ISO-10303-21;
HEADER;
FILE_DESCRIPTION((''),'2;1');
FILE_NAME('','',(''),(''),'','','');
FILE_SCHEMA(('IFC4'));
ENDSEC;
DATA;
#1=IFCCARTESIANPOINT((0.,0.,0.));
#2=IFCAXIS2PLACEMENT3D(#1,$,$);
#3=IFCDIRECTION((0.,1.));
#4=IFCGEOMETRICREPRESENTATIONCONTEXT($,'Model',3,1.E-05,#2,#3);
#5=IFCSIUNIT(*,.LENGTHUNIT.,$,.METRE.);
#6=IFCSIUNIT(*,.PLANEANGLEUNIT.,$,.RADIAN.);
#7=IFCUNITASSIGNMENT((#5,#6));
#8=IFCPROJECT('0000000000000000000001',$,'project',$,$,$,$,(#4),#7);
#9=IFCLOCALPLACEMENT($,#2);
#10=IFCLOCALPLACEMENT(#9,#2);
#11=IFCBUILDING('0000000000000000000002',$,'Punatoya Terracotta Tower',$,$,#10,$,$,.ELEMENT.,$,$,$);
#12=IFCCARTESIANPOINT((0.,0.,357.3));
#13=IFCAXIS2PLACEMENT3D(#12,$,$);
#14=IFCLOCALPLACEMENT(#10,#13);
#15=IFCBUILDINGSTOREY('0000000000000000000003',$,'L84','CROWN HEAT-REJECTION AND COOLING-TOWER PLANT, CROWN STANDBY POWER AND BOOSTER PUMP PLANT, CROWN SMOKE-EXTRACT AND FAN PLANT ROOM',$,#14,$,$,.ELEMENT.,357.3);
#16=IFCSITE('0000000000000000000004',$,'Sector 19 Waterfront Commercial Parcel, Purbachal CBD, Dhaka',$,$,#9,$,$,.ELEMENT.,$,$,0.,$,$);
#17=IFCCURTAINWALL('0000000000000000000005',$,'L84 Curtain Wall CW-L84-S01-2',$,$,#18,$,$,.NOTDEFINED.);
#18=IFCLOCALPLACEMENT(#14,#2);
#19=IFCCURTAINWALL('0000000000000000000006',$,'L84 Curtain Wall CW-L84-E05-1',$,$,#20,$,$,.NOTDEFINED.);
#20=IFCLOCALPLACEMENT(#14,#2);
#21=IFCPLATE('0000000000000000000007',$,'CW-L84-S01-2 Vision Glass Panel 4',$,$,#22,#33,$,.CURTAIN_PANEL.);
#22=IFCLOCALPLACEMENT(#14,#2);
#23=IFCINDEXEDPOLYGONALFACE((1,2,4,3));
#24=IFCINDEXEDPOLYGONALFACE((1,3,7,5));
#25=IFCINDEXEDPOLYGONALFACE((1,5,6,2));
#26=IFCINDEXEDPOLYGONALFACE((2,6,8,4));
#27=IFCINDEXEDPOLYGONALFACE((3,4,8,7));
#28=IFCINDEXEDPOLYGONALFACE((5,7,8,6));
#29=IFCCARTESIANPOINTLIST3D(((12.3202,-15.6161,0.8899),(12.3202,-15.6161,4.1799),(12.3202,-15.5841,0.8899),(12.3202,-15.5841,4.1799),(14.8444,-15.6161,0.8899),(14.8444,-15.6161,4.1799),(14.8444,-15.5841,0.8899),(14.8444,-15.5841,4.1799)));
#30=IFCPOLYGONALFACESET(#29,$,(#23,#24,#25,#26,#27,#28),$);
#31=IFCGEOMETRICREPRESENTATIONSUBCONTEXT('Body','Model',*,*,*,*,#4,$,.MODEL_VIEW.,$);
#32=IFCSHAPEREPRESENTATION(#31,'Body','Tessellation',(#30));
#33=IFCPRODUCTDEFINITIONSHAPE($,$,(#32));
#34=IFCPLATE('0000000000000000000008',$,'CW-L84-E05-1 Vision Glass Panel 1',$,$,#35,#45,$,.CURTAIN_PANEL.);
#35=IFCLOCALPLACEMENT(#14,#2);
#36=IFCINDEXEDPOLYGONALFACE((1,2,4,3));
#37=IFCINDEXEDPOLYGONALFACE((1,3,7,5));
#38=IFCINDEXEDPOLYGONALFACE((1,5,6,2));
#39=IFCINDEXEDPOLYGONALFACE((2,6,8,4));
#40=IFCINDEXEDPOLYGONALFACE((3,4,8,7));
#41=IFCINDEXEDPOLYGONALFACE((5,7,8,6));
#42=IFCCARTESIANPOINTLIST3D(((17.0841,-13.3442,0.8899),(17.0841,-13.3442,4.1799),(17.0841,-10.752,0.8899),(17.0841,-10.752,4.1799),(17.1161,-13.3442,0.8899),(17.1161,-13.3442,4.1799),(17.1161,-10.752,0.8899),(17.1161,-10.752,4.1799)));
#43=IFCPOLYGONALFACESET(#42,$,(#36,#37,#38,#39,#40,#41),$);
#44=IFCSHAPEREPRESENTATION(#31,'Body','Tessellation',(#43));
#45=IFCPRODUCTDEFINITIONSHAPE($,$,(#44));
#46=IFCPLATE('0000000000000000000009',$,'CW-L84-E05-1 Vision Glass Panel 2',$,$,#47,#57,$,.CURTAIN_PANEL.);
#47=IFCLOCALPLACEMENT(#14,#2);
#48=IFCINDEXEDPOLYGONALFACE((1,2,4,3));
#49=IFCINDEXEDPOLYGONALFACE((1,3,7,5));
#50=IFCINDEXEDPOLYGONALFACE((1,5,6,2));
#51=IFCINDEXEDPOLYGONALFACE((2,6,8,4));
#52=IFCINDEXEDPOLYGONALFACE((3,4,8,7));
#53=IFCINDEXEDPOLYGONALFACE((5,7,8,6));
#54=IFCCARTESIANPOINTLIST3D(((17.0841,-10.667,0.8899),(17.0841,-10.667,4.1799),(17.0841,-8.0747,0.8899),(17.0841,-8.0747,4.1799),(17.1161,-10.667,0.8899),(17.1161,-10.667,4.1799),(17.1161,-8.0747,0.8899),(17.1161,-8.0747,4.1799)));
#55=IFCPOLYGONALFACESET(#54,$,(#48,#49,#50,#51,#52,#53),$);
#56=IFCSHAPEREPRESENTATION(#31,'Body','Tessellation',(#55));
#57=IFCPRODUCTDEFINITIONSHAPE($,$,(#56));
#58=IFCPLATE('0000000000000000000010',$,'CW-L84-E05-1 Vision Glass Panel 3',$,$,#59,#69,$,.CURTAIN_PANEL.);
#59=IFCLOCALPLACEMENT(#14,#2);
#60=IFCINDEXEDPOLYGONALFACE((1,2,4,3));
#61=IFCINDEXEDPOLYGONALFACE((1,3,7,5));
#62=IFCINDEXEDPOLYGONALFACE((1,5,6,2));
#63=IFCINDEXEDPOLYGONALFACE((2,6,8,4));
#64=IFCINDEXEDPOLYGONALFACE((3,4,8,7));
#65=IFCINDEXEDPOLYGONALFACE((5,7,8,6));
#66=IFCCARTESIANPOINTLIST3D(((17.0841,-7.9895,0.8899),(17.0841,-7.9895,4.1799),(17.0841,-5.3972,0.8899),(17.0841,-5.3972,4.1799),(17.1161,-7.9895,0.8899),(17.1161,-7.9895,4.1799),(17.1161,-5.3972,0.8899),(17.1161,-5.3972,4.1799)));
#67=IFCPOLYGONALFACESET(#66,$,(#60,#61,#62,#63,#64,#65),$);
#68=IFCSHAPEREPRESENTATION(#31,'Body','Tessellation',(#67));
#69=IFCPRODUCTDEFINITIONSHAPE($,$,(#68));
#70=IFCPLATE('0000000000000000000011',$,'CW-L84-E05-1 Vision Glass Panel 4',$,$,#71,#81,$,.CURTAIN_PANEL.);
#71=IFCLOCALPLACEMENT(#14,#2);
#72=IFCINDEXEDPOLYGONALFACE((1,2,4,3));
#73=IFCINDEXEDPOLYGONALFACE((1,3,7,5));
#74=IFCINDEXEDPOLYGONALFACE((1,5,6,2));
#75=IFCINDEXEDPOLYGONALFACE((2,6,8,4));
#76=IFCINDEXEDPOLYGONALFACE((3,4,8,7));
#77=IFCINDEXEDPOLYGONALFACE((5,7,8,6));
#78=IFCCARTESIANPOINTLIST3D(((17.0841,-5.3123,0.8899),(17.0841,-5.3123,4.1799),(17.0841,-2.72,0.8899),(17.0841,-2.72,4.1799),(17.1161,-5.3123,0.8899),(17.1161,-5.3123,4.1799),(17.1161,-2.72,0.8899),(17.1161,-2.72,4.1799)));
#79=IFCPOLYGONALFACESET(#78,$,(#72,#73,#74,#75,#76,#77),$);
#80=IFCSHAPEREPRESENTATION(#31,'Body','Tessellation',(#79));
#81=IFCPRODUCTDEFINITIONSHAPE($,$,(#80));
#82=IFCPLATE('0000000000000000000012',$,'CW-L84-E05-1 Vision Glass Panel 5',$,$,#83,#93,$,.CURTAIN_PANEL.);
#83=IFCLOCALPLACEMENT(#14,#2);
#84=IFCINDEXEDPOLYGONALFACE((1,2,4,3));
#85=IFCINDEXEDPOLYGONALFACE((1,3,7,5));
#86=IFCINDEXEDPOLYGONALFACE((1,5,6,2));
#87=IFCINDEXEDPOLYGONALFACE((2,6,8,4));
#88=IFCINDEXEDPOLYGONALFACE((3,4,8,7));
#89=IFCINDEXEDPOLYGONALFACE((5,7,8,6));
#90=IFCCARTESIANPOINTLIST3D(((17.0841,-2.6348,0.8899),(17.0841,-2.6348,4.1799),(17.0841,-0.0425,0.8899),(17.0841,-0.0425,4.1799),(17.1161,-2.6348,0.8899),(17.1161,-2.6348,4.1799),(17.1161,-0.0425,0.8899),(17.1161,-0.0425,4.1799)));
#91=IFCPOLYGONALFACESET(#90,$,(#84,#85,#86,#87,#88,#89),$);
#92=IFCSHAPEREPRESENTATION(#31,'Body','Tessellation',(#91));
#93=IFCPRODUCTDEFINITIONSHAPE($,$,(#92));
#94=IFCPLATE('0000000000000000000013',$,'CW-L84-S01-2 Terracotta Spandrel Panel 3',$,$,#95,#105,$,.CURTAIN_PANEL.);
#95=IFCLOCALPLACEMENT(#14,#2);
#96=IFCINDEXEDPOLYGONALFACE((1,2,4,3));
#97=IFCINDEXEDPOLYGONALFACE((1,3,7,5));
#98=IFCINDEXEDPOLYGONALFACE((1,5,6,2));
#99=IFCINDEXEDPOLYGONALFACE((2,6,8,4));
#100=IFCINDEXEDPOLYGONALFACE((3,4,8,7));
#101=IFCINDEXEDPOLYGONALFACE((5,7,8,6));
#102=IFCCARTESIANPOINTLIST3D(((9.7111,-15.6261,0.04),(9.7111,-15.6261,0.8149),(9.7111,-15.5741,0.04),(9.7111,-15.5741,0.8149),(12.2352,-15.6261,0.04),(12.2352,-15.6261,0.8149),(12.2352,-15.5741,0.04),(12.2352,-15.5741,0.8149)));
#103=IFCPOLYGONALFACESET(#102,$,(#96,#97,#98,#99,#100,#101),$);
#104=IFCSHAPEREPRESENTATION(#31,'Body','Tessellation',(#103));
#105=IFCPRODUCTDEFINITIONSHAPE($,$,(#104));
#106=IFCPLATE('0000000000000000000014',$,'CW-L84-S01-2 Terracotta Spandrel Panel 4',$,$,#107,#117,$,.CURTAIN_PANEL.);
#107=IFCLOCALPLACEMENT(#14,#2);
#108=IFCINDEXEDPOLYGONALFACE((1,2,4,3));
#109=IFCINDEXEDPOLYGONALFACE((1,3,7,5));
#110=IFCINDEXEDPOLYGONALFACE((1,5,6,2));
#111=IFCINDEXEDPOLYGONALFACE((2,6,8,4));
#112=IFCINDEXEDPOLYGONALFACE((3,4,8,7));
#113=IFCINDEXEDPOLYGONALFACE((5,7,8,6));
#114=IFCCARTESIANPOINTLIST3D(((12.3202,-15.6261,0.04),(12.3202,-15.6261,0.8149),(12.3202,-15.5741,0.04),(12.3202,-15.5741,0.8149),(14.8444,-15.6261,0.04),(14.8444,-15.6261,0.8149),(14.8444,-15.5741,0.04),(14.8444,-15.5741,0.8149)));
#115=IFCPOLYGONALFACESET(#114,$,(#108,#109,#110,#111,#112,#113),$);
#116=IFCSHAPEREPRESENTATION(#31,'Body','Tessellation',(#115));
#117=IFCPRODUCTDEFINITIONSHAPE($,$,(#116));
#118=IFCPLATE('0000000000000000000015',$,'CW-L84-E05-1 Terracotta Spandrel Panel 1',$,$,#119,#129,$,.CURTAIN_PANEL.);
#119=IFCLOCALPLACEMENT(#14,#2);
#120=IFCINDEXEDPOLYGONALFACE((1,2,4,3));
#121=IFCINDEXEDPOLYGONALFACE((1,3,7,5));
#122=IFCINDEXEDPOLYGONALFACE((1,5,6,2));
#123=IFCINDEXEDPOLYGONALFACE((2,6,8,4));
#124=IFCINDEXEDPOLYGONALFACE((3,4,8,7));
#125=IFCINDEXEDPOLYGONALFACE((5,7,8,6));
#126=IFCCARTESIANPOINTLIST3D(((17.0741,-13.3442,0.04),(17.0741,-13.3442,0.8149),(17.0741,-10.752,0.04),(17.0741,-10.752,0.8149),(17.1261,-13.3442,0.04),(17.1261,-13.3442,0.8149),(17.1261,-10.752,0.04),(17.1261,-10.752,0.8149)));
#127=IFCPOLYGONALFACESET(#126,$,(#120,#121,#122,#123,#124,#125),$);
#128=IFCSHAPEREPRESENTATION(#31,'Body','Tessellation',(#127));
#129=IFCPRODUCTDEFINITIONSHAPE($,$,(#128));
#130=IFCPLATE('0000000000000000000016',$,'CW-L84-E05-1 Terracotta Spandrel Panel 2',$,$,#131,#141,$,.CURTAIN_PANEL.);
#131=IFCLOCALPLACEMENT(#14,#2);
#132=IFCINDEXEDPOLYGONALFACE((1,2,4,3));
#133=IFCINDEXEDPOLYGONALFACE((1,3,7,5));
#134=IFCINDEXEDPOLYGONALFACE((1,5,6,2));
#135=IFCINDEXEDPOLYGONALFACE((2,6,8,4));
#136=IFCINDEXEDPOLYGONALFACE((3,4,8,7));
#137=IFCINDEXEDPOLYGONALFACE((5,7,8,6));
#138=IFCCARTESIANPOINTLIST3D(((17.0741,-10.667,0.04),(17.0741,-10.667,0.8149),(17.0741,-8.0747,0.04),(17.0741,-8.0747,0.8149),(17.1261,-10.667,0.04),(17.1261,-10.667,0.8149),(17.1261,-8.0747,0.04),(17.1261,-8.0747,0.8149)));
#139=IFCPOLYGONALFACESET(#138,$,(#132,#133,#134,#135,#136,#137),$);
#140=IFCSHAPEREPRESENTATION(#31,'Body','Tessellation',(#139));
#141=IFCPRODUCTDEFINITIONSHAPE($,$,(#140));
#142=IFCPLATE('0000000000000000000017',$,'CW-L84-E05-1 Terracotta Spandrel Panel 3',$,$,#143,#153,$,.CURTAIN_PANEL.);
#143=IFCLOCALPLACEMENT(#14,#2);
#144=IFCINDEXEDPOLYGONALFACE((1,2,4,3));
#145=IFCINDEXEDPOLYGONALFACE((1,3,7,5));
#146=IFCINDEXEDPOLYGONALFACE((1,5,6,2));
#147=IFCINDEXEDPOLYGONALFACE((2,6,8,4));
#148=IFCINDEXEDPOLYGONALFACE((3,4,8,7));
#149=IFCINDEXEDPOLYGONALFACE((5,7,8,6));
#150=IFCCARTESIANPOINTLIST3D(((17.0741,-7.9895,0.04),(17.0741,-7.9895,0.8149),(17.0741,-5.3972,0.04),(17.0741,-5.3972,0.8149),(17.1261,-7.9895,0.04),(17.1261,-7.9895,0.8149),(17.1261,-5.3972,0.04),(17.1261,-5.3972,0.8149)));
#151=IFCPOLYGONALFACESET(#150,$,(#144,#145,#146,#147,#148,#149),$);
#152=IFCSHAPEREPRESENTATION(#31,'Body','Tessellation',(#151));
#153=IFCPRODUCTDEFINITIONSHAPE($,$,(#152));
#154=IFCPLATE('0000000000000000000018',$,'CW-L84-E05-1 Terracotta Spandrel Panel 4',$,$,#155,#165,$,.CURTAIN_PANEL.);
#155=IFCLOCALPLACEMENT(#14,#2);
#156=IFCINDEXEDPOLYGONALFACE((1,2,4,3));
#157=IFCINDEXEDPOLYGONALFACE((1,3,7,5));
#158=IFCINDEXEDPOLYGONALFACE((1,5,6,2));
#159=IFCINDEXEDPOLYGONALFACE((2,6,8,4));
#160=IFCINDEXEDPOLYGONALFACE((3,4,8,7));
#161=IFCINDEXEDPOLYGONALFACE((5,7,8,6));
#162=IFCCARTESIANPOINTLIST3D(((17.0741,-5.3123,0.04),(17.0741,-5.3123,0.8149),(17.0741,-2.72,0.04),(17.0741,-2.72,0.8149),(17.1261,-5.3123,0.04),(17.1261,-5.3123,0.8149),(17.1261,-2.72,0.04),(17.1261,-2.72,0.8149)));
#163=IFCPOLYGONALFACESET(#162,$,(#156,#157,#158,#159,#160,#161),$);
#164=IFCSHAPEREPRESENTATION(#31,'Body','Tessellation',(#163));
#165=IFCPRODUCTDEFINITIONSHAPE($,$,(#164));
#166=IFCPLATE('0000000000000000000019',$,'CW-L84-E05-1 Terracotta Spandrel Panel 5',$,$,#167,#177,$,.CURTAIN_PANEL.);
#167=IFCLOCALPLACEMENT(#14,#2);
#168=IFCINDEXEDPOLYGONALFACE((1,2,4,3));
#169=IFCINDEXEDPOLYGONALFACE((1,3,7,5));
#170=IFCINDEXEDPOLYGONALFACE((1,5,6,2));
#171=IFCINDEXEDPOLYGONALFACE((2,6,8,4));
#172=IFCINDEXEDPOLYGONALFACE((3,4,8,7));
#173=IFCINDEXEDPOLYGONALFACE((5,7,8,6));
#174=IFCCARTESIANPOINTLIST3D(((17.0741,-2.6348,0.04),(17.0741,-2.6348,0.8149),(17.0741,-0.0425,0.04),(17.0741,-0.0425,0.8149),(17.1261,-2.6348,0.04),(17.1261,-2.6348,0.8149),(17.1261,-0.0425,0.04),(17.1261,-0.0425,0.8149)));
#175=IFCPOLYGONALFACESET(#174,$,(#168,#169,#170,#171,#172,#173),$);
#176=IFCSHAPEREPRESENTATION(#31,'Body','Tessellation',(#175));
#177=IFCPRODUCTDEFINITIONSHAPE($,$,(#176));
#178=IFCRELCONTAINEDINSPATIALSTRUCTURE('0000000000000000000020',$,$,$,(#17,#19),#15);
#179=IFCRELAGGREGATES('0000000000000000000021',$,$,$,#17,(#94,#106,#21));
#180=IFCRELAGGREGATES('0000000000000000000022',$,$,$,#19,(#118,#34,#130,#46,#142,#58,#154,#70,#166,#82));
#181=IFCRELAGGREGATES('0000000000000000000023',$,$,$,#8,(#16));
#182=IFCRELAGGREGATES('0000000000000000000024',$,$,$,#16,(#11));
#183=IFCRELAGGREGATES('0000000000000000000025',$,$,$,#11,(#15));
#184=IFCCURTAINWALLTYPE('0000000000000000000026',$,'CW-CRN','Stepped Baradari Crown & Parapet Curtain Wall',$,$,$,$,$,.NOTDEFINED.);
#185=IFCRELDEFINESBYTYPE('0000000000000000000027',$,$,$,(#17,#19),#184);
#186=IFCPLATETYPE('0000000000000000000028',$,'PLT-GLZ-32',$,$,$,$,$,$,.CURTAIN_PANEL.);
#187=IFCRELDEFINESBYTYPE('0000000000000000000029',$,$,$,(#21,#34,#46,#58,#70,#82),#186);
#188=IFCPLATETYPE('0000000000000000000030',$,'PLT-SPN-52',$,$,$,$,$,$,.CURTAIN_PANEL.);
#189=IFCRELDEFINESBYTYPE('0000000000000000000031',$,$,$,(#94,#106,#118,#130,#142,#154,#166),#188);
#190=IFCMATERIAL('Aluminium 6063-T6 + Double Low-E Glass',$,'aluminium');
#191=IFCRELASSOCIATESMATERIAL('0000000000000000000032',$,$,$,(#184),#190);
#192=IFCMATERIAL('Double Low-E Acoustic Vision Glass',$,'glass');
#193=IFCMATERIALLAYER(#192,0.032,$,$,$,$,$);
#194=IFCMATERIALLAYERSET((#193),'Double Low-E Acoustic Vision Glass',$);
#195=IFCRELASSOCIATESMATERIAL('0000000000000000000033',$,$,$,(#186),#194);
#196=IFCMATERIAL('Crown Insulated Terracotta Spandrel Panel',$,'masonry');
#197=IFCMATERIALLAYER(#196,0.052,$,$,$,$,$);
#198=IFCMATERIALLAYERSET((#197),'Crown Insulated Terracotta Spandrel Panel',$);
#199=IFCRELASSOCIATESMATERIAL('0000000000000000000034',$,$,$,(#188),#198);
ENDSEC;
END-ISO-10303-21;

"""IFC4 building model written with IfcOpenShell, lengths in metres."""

from ifc_helpers import new_model, si_unit, direction, frame, origin, origin_2d, place, context, subcontext, project, spatial, rectangle, extrude, material, layer, layer_set, type_object, element, aggregate, save


model = new_model("IFC4")

# Units and contexts
model_context = context("Model", 3, precision=1e-05, world=origin(), true_north=direction((0.0, 1.0)))
body_context = subcontext(model_context, "Body", "Model", "MODEL_VIEW")
ifc_project = project(units=[si_unit("LENGTHUNIT", "METRE"), si_unit("PLANEANGLEUNIT", "RADIAN")], contexts=[model_context])

# Site, building, storey
site_placement = place(None, origin())
site = spatial("IfcSite", under=ifc_project, at=site_placement, Name="Sector 19 Waterfront Commercial Parcel, Purbachal CBD, Dhaka", CompositionType="ELEMENT", RefElevation=0.0)
building_placement = place(site_placement, origin())
building = spatial("IfcBuilding", under=site, at=building_placement, Name="Punatoya Terracotta Tower", CompositionType="ELEMENT")
storey_placement = place(building_placement, frame((0.0, 0.0, 357.3)))
storey = spatial("IfcBuildingStorey", under=building, at=storey_placement, Name="L84", Description="CROWN HEAT-REJECTION AND COOLING-TOWER PLANT, CROWN STANDBY POWER AND BOOSTER PUMP PLANT, CROWN SMOKE-EXTRACT AND FAN PLANT ROOM", CompositionType="ELEMENT", Elevation=357.3)

# Curtain walls
ifc_material_1 = material(Name="Aluminium 6063-T6 + Double Low-E Glass", Category="aluminium")
curtain_wall_type = type_object("IfcCurtainWallType", Name="CW-CRN", Description="Stepped Baradari Crown & Parapet Curtain Wall", PredefinedType="NOTDEFINED", material=ifc_material_1)
curtain_wall_1_placement = place(storey_placement, origin())
curtain_wall_1 = element("IfcCurtainWall", 1, at=curtain_wall_1_placement, inside=storey, type_object=curtain_wall_type, Name="L84 Curtain Wall CW-L84-S01-2", PredefinedType="NOTDEFINED")
curtain_wall_2_placement = place(storey_placement, origin())
curtain_wall_2 = element("IfcCurtainWall", 2, at=curtain_wall_2_placement, inside=storey, type_object=curtain_wall_type, Name="L84 Curtain Wall CW-L84-E05-1", PredefinedType="NOTDEFINED")

# Plates
ifc_material_2 = material(Name="Double Low-E Acoustic Vision Glass", Category="glass")
ifc_layer_1 = layer(ifc_material_2, 0.032)
ifc_layer_set_1 = layer_set([ifc_layer_1], Name="Double Low-E Acoustic Vision Glass")
plate_type_1 = type_object("IfcPlateType", Name="PLT-GLZ-32", PredefinedType="CURTAIN_PANEL", material=ifc_layer_set_1)
plate_1_placement = place(storey_placement, frame((13.5823, -15.6001, 0.8899), z_axis=(0.0, 0.0, 1.0), x_axis=(1.0, 0.0, 0.0)))
plate_1 = element("IfcPlate", 3, at=plate_1_placement, type_object=plate_type_1, Name="CW-L84-S01-2 Vision Glass Panel 4", PredefinedType="CURTAIN_PANEL", context=body_context, shape_type="SweptSolid", body=[
    extrude(rectangle(XDim=2.5242, YDim=0.032, at=origin_2d()), origin(), (0.0, 0.0, 1.0), 3.29),
])
plate_2_placement = place(storey_placement, frame((17.1001, -12.0481, 0.8899), z_axis=(0.0, 0.0, 1.0), x_axis=(0.0, 1.0, 0.0)))
plate_2 = element("IfcPlate", 4, at=plate_2_placement, type_object=plate_type_1, Name="CW-L84-E05-1 Vision Glass Panel 1", PredefinedType="CURTAIN_PANEL", context=body_context, shape_type="SweptSolid", body=[
    extrude(rectangle(XDim=2.5923, YDim=0.032, at=origin_2d()), origin(), (0.0, 0.0, 1.0), 3.29),
])
plate_3_placement = place(storey_placement, frame((17.1001, -9.3708, 0.8899), z_axis=(0.0, 0.0, 1.0), x_axis=(0.0, 1.0, 0.0)))
plate_3 = element("IfcPlate", 5, at=plate_3_placement, type_object=plate_type_1, Name="CW-L84-E05-1 Vision Glass Panel 2", PredefinedType="CURTAIN_PANEL", context=body_context, shape_type="SweptSolid", body=[
    extrude(rectangle(XDim=2.5923, YDim=0.032, at=origin_2d()), origin(), (0.0, 0.0, 1.0), 3.29),
])
plate_4_placement = place(storey_placement, frame((17.1001, -6.6934, 0.8899), z_axis=(0.0, 0.0, 1.0), x_axis=(0.0, 1.0, 0.0)))
plate_4 = element("IfcPlate", 6, at=plate_4_placement, type_object=plate_type_1, Name="CW-L84-E05-1 Vision Glass Panel 3", PredefinedType="CURTAIN_PANEL", context=body_context, shape_type="SweptSolid", body=[
    extrude(rectangle(XDim=2.5923, YDim=0.032, at=origin_2d()), origin(), (0.0, 0.0, 1.0), 3.29),
])
plate_5_placement = place(storey_placement, frame((17.1001, -4.0161, 0.8899), z_axis=(0.0, 0.0, 1.0), x_axis=(0.0, 1.0, 0.0)))
plate_5 = element("IfcPlate", 7, at=plate_5_placement, type_object=plate_type_1, Name="CW-L84-E05-1 Vision Glass Panel 4", PredefinedType="CURTAIN_PANEL", context=body_context, shape_type="SweptSolid", body=[
    extrude(rectangle(XDim=2.5923, YDim=0.032, at=origin_2d()), origin(), (0.0, 0.0, 1.0), 3.29),
])
plate_6_placement = place(storey_placement, frame((17.1001, -1.3386, 0.8899), z_axis=(0.0, 0.0, 1.0), x_axis=(0.0, 1.0, 0.0)))
plate_6 = element("IfcPlate", 8, at=plate_6_placement, type_object=plate_type_1, Name="CW-L84-E05-1 Vision Glass Panel 5", PredefinedType="CURTAIN_PANEL", context=body_context, shape_type="SweptSolid", body=[
    extrude(rectangle(XDim=2.5923, YDim=0.032, at=origin_2d()), origin(), (0.0, 0.0, 1.0), 3.29),
])
ifc_material_3 = material(Name="Crown Insulated Terracotta Spandrel Panel", Category="masonry")
ifc_layer_2 = layer(ifc_material_3, 0.052)
ifc_layer_set_2 = layer_set([ifc_layer_2], Name="Crown Insulated Terracotta Spandrel Panel")
plate_type_2 = type_object("IfcPlateType", Name="PLT-SPN-52", PredefinedType="CURTAIN_PANEL", material=ifc_layer_set_2)
plate_7_placement = place(storey_placement, frame((10.9731, -15.6001, 0.04), z_axis=(0.0, 0.0, 1.0), x_axis=(1.0, 0.0, 0.0)))
plate_7 = element("IfcPlate", 9, at=plate_7_placement, type_object=plate_type_2, Name="CW-L84-S01-2 Terracotta Spandrel Panel 3", PredefinedType="CURTAIN_PANEL", context=body_context, shape_type="SweptSolid", body=[
    extrude(rectangle(XDim=2.5242, YDim=0.052, at=origin_2d()), origin(), (0.0, 0.0, 1.0), 0.7749),
])
plate_8_placement = place(storey_placement, frame((13.5823, -15.6001, 0.04), z_axis=(0.0, 0.0, 1.0), x_axis=(1.0, 0.0, 0.0)))
plate_8 = element("IfcPlate", 10, at=plate_8_placement, type_object=plate_type_2, Name="CW-L84-S01-2 Terracotta Spandrel Panel 4", PredefinedType="CURTAIN_PANEL", context=body_context, shape_type="SweptSolid", body=[
    extrude(rectangle(XDim=2.5242, YDim=0.052, at=origin_2d()), origin(), (0.0, 0.0, 1.0), 0.7749),
])
aggregate(curtain_wall_1, [plate_7, plate_8, plate_1])
plate_9_placement = place(storey_placement, frame((17.1001, -12.0481, 0.04), z_axis=(0.0, 0.0, 1.0), x_axis=(0.0, 1.0, 0.0)))
plate_9 = element("IfcPlate", 11, at=plate_9_placement, type_object=plate_type_2, Name="CW-L84-E05-1 Terracotta Spandrel Panel 1", PredefinedType="CURTAIN_PANEL", context=body_context, shape_type="SweptSolid", body=[
    extrude(rectangle(XDim=2.5923, YDim=0.052, at=origin_2d()), origin(), (0.0, 0.0, 1.0), 0.7749),
])
plate_10_placement = place(storey_placement, frame((17.1001, -9.3708, 0.04), z_axis=(0.0, 0.0, 1.0), x_axis=(0.0, 1.0, 0.0)))
plate_10 = element("IfcPlate", 12, at=plate_10_placement, type_object=plate_type_2, Name="CW-L84-E05-1 Terracotta Spandrel Panel 2", PredefinedType="CURTAIN_PANEL", context=body_context, shape_type="SweptSolid", body=[
    extrude(rectangle(XDim=2.5923, YDim=0.052, at=origin_2d()), origin(), (0.0, 0.0, 1.0), 0.7749),
])
plate_11_placement = place(storey_placement, frame((17.1001, -6.6934, 0.04), z_axis=(0.0, 0.0, 1.0), x_axis=(0.0, 1.0, 0.0)))
plate_11 = element("IfcPlate", 13, at=plate_11_placement, type_object=plate_type_2, Name="CW-L84-E05-1 Terracotta Spandrel Panel 3", PredefinedType="CURTAIN_PANEL", context=body_context, shape_type="SweptSolid", body=[
    extrude(rectangle(XDim=2.5923, YDim=0.052, at=origin_2d()), origin(), (0.0, 0.0, 1.0), 0.7749),
])
plate_12_placement = place(storey_placement, frame((17.1001, -4.0161, 0.04), z_axis=(0.0, 0.0, 1.0), x_axis=(0.0, 1.0, 0.0)))
plate_12 = element("IfcPlate", 14, at=plate_12_placement, type_object=plate_type_2, Name="CW-L84-E05-1 Terracotta Spandrel Panel 4", PredefinedType="CURTAIN_PANEL", context=body_context, shape_type="SweptSolid", body=[
    extrude(rectangle(XDim=2.5923, YDim=0.052, at=origin_2d()), origin(), (0.0, 0.0, 1.0), 0.7749),
])
plate_13_placement = place(storey_placement, frame((17.1001, -1.3386, 0.04), z_axis=(0.0, 0.0, 1.0), x_axis=(0.0, 1.0, 0.0)))
plate_13 = element("IfcPlate", 15, at=plate_13_placement, type_object=plate_type_2, Name="CW-L84-E05-1 Terracotta Spandrel Panel 5", PredefinedType="CURTAIN_PANEL", context=body_context, shape_type="SweptSolid", body=[
    extrude(rectangle(XDim=2.5923, YDim=0.052, at=origin_2d()), origin(), (0.0, 0.0, 1.0), 0.7749),
])
aggregate(curtain_wall_2, [plate_9, plate_2, plate_10, plate_3, plate_11, plate_4, plate_12, plate_5, plate_13, plate_6])

save(model, "model.ifc")
